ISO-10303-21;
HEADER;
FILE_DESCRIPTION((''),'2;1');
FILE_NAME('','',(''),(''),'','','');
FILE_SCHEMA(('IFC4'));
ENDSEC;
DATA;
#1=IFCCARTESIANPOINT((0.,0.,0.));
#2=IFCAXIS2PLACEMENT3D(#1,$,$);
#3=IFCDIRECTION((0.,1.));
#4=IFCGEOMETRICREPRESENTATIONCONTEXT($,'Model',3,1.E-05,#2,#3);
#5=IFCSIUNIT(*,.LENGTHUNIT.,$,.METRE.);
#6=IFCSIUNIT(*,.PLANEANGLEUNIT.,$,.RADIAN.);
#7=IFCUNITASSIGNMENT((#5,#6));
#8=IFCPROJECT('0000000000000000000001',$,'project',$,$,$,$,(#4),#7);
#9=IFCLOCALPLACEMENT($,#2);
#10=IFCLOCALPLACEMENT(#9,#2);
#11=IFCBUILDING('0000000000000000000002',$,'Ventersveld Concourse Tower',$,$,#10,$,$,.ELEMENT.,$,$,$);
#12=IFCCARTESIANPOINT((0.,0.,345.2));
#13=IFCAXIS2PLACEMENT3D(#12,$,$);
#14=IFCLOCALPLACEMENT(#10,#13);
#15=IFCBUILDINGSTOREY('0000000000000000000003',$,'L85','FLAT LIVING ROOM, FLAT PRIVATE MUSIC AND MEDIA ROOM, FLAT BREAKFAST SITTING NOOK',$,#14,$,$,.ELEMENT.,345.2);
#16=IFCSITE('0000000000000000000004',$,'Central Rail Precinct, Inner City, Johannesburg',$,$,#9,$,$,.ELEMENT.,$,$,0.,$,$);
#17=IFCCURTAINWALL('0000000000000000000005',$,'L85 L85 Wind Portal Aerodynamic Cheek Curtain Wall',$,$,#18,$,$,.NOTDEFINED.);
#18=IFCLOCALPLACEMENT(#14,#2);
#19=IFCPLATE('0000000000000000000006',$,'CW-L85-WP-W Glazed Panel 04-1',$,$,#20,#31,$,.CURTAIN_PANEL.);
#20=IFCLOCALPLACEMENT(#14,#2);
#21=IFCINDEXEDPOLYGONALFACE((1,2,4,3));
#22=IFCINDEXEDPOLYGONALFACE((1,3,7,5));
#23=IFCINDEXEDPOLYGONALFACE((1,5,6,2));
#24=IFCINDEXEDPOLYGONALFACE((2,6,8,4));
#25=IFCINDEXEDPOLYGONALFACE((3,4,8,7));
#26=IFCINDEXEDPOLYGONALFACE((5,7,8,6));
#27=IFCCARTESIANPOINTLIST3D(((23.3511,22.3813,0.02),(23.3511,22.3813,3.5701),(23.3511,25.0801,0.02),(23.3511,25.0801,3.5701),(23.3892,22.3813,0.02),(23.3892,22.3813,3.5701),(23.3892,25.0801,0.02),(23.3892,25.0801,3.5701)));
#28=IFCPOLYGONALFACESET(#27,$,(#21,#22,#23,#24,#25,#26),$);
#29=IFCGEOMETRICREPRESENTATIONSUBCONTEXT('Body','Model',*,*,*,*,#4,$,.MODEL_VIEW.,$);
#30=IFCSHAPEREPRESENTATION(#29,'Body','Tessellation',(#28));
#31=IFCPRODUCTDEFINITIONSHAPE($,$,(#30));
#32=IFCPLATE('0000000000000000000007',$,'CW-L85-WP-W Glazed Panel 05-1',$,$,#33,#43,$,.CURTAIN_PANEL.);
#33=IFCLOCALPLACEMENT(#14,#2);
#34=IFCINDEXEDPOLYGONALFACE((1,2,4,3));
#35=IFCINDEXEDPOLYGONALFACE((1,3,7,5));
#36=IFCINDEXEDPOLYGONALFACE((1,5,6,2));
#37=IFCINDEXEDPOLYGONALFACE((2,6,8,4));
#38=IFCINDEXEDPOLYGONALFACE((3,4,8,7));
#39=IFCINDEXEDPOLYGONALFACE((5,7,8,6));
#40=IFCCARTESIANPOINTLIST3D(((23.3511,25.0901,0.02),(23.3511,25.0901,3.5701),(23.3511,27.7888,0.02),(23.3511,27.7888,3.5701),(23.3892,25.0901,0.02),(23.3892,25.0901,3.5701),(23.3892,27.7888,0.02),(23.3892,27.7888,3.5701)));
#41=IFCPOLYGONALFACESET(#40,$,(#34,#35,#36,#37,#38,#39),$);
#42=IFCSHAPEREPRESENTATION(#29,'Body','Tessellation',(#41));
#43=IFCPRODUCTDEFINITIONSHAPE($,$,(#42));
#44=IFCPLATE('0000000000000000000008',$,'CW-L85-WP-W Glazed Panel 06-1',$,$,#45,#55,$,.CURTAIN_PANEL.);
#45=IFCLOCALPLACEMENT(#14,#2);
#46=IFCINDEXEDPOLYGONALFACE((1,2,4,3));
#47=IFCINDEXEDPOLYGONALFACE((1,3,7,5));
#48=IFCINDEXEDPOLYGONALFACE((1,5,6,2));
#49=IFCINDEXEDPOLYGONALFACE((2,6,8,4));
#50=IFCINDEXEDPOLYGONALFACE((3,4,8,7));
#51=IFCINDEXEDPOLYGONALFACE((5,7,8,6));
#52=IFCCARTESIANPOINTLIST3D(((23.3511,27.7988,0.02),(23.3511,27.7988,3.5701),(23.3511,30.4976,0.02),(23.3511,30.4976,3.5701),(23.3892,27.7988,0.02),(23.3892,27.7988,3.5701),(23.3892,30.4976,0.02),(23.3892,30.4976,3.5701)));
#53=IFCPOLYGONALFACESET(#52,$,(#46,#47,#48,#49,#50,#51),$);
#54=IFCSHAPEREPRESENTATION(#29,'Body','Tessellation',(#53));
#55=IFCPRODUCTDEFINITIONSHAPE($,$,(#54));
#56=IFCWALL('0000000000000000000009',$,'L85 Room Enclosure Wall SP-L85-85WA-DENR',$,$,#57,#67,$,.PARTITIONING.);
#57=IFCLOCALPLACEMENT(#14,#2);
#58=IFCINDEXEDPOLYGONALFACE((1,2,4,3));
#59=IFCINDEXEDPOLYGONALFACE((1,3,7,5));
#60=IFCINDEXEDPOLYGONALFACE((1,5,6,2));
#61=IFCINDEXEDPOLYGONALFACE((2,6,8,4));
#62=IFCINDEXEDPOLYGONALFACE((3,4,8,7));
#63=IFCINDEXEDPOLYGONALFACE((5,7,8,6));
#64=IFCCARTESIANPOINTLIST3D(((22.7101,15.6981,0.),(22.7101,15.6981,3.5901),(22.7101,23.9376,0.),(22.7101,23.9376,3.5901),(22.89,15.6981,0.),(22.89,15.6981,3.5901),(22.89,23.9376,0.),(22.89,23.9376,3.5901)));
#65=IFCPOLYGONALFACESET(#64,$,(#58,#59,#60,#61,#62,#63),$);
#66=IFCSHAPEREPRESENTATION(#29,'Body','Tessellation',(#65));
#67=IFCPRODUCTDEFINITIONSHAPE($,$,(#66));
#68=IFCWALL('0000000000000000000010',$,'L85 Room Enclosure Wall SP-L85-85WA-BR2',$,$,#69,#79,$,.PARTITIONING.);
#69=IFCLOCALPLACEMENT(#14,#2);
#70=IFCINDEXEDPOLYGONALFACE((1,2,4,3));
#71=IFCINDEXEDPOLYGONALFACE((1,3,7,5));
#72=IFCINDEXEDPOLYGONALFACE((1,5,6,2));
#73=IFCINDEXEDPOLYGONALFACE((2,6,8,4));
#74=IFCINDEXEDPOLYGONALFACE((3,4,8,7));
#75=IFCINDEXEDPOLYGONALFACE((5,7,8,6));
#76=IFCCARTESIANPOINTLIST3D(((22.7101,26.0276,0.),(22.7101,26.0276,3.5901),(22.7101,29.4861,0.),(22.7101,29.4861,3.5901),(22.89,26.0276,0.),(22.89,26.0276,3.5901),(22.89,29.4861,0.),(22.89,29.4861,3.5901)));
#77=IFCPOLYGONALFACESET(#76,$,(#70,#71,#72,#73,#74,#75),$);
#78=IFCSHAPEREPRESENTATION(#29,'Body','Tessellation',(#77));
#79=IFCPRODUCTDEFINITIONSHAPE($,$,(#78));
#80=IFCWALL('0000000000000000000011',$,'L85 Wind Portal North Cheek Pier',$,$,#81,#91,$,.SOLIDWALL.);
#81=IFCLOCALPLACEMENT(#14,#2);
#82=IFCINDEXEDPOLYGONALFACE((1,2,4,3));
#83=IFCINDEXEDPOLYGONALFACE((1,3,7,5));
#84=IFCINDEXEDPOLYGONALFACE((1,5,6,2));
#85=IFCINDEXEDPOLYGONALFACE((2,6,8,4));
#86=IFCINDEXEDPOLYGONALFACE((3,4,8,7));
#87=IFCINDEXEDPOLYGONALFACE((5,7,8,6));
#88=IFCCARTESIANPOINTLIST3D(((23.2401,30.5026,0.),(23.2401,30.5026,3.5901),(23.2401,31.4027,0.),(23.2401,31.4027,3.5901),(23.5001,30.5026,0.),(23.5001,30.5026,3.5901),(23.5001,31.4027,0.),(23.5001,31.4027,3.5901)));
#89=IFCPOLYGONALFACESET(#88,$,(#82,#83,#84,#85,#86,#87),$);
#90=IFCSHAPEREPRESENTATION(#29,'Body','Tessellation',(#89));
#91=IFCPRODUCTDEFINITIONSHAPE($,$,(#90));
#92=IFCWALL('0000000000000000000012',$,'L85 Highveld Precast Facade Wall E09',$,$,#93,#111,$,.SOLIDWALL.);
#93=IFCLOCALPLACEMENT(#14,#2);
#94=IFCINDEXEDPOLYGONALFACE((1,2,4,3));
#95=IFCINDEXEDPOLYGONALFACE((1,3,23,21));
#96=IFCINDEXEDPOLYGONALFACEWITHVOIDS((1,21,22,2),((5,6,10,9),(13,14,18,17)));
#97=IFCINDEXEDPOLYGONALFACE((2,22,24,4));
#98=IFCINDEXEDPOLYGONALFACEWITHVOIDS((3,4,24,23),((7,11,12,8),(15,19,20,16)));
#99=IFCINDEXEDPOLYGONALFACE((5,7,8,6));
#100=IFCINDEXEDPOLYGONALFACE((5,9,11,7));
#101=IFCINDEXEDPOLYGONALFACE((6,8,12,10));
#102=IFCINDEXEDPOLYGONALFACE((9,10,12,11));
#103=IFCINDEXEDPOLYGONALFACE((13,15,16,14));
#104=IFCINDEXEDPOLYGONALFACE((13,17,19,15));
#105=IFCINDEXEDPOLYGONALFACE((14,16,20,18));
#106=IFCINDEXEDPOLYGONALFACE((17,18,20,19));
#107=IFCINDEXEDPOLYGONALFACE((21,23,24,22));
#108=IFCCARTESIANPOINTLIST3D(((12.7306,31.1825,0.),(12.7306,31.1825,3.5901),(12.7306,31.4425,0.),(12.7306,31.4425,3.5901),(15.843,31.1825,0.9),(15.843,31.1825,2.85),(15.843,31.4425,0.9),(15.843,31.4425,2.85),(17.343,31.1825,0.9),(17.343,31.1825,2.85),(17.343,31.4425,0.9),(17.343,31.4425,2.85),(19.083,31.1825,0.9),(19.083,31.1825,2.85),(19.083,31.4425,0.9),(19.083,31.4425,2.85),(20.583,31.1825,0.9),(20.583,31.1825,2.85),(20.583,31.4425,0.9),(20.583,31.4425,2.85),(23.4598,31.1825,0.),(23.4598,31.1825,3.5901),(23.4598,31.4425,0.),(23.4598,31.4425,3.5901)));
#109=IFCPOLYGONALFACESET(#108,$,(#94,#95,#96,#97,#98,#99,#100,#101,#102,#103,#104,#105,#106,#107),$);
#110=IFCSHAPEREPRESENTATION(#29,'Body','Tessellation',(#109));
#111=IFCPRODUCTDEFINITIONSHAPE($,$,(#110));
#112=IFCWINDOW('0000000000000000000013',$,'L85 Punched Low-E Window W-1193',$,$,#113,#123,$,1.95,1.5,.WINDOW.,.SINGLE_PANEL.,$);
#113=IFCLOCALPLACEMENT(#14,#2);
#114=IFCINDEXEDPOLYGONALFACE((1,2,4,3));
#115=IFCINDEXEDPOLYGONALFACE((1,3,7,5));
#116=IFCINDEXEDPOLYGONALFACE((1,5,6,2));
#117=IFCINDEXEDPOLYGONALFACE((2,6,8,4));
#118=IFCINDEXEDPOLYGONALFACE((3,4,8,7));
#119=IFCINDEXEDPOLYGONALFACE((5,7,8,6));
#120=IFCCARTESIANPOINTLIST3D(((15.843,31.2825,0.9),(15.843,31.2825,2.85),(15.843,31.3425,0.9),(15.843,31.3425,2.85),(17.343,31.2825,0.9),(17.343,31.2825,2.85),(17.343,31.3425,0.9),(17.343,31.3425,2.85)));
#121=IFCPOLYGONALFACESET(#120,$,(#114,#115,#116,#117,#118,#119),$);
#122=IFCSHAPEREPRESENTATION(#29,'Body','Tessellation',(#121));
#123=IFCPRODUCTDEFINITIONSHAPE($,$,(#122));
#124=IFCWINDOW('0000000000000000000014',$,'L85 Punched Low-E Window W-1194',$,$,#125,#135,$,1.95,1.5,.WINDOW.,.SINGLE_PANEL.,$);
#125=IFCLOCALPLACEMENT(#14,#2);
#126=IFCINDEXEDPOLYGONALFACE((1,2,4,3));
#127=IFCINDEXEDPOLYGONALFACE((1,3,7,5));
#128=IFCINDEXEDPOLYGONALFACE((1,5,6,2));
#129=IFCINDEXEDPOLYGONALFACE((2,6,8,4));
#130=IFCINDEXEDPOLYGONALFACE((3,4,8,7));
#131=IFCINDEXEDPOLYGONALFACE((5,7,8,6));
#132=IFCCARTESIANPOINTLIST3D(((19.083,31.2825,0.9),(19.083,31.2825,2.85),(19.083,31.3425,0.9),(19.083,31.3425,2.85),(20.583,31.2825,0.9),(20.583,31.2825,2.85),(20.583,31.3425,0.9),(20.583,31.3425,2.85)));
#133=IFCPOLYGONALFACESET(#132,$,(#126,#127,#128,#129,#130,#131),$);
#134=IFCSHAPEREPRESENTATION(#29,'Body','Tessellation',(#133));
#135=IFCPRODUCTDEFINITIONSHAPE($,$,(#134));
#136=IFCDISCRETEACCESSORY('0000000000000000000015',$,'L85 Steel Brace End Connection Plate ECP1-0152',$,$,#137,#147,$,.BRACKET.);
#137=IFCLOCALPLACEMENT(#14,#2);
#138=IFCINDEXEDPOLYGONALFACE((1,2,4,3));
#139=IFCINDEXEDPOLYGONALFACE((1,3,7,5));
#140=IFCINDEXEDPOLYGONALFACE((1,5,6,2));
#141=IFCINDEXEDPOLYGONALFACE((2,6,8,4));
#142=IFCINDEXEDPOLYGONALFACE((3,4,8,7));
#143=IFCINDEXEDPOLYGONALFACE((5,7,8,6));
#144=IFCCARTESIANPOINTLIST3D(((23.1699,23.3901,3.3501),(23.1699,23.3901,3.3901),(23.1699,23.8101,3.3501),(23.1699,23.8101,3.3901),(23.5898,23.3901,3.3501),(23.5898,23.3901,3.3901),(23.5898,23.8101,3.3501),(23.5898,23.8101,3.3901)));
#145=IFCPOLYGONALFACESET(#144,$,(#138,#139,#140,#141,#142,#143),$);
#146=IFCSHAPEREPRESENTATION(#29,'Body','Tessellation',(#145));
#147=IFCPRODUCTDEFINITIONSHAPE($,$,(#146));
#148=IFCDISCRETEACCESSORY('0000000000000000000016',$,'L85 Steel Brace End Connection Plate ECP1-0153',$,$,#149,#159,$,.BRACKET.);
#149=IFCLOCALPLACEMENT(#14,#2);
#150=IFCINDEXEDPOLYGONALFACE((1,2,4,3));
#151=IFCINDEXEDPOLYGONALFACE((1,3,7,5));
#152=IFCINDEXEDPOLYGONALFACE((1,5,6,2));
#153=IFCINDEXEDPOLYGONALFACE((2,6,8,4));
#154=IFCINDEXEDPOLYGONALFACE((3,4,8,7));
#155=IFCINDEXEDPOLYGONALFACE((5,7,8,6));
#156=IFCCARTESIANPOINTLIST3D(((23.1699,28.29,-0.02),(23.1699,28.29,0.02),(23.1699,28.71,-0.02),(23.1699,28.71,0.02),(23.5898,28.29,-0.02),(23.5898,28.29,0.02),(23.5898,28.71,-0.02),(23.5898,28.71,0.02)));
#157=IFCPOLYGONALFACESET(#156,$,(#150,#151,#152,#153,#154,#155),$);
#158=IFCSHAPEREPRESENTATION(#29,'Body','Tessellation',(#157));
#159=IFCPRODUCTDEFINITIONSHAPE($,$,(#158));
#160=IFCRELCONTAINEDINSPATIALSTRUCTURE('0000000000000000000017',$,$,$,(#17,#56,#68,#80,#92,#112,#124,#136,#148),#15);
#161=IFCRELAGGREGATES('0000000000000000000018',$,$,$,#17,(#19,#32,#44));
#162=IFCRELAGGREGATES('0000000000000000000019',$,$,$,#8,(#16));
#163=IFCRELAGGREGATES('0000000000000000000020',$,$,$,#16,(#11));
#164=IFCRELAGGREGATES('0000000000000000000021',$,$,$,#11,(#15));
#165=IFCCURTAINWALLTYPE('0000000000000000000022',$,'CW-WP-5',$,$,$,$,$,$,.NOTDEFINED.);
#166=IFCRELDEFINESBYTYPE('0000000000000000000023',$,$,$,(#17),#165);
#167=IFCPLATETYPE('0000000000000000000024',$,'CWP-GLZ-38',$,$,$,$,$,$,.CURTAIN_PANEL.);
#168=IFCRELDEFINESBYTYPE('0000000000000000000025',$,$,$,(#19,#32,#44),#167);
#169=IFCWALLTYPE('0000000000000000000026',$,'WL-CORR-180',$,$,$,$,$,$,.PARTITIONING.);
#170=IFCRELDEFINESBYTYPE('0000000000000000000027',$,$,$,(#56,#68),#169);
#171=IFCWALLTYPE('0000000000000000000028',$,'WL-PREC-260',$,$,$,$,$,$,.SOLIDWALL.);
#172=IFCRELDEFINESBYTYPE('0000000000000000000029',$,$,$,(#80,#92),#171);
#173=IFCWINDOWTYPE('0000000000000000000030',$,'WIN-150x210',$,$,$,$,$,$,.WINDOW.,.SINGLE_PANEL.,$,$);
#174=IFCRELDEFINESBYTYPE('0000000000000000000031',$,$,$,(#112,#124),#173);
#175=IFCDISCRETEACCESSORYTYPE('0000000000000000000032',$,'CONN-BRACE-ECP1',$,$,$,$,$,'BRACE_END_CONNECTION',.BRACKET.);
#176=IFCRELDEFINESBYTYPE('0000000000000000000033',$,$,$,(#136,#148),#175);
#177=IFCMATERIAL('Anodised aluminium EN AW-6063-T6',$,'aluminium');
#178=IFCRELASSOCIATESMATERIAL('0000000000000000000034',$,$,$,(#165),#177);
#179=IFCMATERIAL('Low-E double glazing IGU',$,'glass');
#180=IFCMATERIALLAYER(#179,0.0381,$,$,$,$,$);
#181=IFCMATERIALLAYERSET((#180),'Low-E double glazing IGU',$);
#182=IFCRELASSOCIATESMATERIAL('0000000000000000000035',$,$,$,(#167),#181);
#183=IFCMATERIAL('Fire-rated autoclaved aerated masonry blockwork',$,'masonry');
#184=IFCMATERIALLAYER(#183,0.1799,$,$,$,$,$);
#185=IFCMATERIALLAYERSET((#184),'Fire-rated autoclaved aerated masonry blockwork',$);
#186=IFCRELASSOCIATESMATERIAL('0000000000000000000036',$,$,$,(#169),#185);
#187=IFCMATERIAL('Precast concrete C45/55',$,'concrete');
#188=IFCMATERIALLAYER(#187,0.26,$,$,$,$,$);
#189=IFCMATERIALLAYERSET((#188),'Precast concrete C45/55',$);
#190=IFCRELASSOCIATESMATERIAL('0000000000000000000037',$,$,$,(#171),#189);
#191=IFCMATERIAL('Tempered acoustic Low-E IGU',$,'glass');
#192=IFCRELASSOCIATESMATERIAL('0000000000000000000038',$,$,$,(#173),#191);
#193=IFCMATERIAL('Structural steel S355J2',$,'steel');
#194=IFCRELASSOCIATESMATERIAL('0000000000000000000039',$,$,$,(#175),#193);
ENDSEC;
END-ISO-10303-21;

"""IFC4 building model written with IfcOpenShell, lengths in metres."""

from ifc_helpers import new_model, si_unit, direction, frame, frame_2d, origin, origin_2d, place, context, subcontext, project, spatial, rectangle, extrude, material, layer, layer_set, type_object, element, fill, aggregate, save


model = new_model("IFC4")

# Units and contexts
model_context = context("Model", 3, precision=1e-05, world=origin(), true_north=direction((0.0, 1.0)))
body_context = subcontext(model_context, "Body", "Model", "MODEL_VIEW")
ifc_project = project(units=[si_unit("LENGTHUNIT", "METRE"), si_unit("PLANEANGLEUNIT", "RADIAN")], contexts=[model_context])

# Site, building, storey
site_placement = place(None, origin())
site = spatial("IfcSite", under=ifc_project, at=site_placement, Name="Central Rail Precinct, Inner City, Johannesburg", CompositionType="ELEMENT", RefElevation=0.0)
building_placement = place(site_placement, origin())
building = spatial("IfcBuilding", under=site, at=building_placement, Name="Ventersveld Concourse Tower", CompositionType="ELEMENT")
storey_placement = place(building_placement, frame((0.0, 0.0, 345.2)))
storey = spatial("IfcBuildingStorey", under=building, at=storey_placement, Name="L85", Description="FLAT LIVING ROOM, FLAT PRIVATE MUSIC AND MEDIA ROOM, FLAT BREAKFAST SITTING NOOK", CompositionType="ELEMENT", Elevation=345.2)

# Curtain wall
ifc_material_1 = material(Name="Anodised aluminium EN AW-6063-T6", Category="aluminium")
curtain_wall_type = type_object("IfcCurtainWallType", Name="CW-WP-5", PredefinedType="NOTDEFINED", material=ifc_material_1)
curtain_wall_placement = place(storey_placement, origin())
curtain_wall = element("IfcCurtainWall", 1, at=curtain_wall_placement, inside=storey, type_object=curtain_wall_type, Name="L85 L85 Wind Portal Aerodynamic Cheek Curtain Wall", PredefinedType="NOTDEFINED")

# Plates
ifc_material_2 = material(Name="Low-E double glazing IGU", Category="glass")
ifc_layer_1 = layer(ifc_material_2, 0.0381)
ifc_layer_set_1 = layer_set([ifc_layer_1], Name="Low-E double glazing IGU")
plate_type = type_object("IfcPlateType", Name="CWP-GLZ-38", PredefinedType="CURTAIN_PANEL", material=ifc_layer_set_1)
plate_1_placement = place(storey_placement, frame((23.3701, 23.7307, 0.02), z_axis=(0.0, 0.0, 1.0), x_axis=(0.0, 1.0, 0.0)))
plate_1 = element("IfcPlate", 2, at=plate_1_placement, type_object=plate_type, Name="CW-L85-WP-W Glazed Panel 04-1", PredefinedType="CURTAIN_PANEL", context=body_context, shape_type="SweptSolid", body=[
    extrude(rectangle(XDim=2.6987, YDim=0.0381, at=origin_2d()), origin(), (0.0, 0.0, 1.0), 3.55),
])
plate_2_placement = place(storey_placement, frame((23.3701, 26.4395, 0.02), z_axis=(0.0, 0.0, 1.0), x_axis=(0.0, 1.0, 0.0)))
plate_2 = element("IfcPlate", 3, at=plate_2_placement, type_object=plate_type, Name="CW-L85-WP-W Glazed Panel 05-1", PredefinedType="CURTAIN_PANEL", context=body_context, shape_type="SweptSolid", body=[
    extrude(rectangle(XDim=2.6987, YDim=0.0381, at=origin_2d()), origin(), (0.0, 0.0, 1.0), 3.55),
])
plate_3_placement = place(storey_placement, frame((23.3701, 29.1482, 0.02), z_axis=(0.0, 0.0, 1.0), x_axis=(0.0, 1.0, 0.0)))
plate_3 = element("IfcPlate", 4, at=plate_3_placement, type_object=plate_type, Name="CW-L85-WP-W Glazed Panel 06-1", PredefinedType="CURTAIN_PANEL", context=body_context, shape_type="SweptSolid", body=[
    extrude(rectangle(XDim=2.6987, YDim=0.0381, at=origin_2d()), origin(), (0.0, 0.0, 1.0), 3.55),
])
aggregate(curtain_wall, [plate_1, plate_2, plate_3])

# Walls
ifc_material_3 = material(Name="Fire-rated autoclaved aerated masonry blockwork", Category="masonry")
ifc_layer_2 = layer(ifc_material_3, 0.1799)
ifc_layer_set_2 = layer_set([ifc_layer_2], Name="Fire-rated autoclaved aerated masonry blockwork")
wall_type_1 = type_object("IfcWallType", Name="WL-CORR-180", PredefinedType="PARTITIONING", material=ifc_layer_set_2)
wall_1_placement = place(storey_placement, frame((22.8, 23.9375, 0.0), z_axis=(0.0, 0.0, 1.0), x_axis=(0.0, -1.0, 0.0)))
element("IfcWall", 5, at=wall_1_placement, inside=storey, type_object=wall_type_1, Name="L85 Room Enclosure Wall SP-L85-85WA-DENR", PredefinedType="PARTITIONING", context=body_context, shape_type="SweptSolid", body=[
    extrude(rectangle(XDim=8.2395, YDim=0.1799, at=frame_2d((4.1196, 0.0))), origin(), (0.0, 0.0, 1.0), 3.5901),
])
wall_2_placement = place(storey_placement, frame((22.8, 29.4861, 0.0), z_axis=(0.0, 0.0, 1.0), x_axis=(0.0, -1.0, 0.0)))
element("IfcWall", 6, at=wall_2_placement, inside=storey, type_object=wall_type_1, Name="L85 Room Enclosure Wall SP-L85-85WA-BR2", PredefinedType="PARTITIONING", context=body_context, shape_type="SweptSolid", body=[
    extrude(rectangle(XDim=3.4585, YDim=0.1799, at=frame_2d((1.7292, 0.0))), origin(), (0.0, 0.0, 1.0), 3.5901),
])
ifc_material_4 = material(Name="Precast concrete C45/55", Category="concrete")
ifc_layer_3 = layer(ifc_material_4, 0.26)
ifc_layer_set_3 = layer_set([ifc_layer_3], Name="Precast concrete C45/55")
wall_type_2 = type_object("IfcWallType", Name="WL-PREC-260", PredefinedType="SOLIDWALL", material=ifc_layer_set_3)
wall_3_placement = place(storey_placement, frame((23.3701, 30.5024, 0.0), z_axis=(0.0, 0.0, 1.0), x_axis=(0.0, 1.0, 0.0)))
element("IfcWall", 7, at=wall_3_placement, inside=storey, type_object=wall_type_2, Name="L85 Wind Portal North Cheek Pier", PredefinedType="SOLIDWALL", context=body_context, shape_type="SweptSolid", body=[
    extrude(rectangle(XDim=0.9001, YDim=0.26, at=frame_2d((0.4502, 0.0))), origin(), (0.0, 0.0, 1.0), 3.5901),
])

# Wall, openings, windows
wall_4_placement = place(storey_placement, frame((23.46, 31.3125, 0.0), z_axis=(0.0, 0.0, 1.0), x_axis=(-1.0, 0.0, 0.0)))
wall_4 = element("IfcWall", 8, at=wall_4_placement, inside=storey, type_object=wall_type_2, Name="L85 Highveld Precast Facade Wall E09", PredefinedType="SOLIDWALL", context=body_context, shape_type="SweptSolid", body=[
    extrude(rectangle(XDim=10.7292, YDim=0.26, at=frame_2d((5.3647, 0.0))), origin(), (0.0, 0.0, 1.0), 3.5901),
])
opening_1_placement = place(wall_4_placement, frame((6.1169, 0.0, 0.8999)))
opening_1 = element("IfcOpeningElement", 9, at=opening_1_placement, cuts=wall_4, PredefinedType="OPENING", context=body_context, shape_type="SweptSolid", body=[
    extrude(rectangle(XDim=1.5, YDim=1.95, at=frame_2d((0.75, 0.9751))), frame((0.0, 0.1401, 0.0), z_axis=(0.0, -1.0, 0.0), x_axis=(1.0, 0.0, 0.0)), (0.0, 0.0, 1.0), 0.28),
])
opening_2_placement = place(wall_4_placement, frame((2.877, 0.0, 0.8999)))
opening_2 = element("IfcOpeningElement", 10, at=opening_2_placement, cuts=wall_4, PredefinedType="OPENING", context=body_context, shape_type="SweptSolid", body=[
    extrude(rectangle(XDim=1.5, YDim=1.95, at=frame_2d((0.75, 0.9751))), frame((0.0, 0.1401, 0.0), z_axis=(0.0, -1.0, 0.0), x_axis=(1.0, 0.0, 0.0)), (0.0, 0.0, 1.0), 0.28),
])
ifc_material_5 = material(Name="Tempered acoustic Low-E IGU", Category="glass")
window_type = type_object("IfcWindowType", Name="WIN-150x210", PartitioningType="SINGLE_PANEL", PredefinedType="WINDOW", material=ifc_material_5)
window_1_placement = place(opening_1_placement, origin())
window_1 = element("IfcWindow", 11, at=window_1_placement, inside=storey, type_object=window_type, Name="L85 Punched Low-E Window W-1193", OverallHeight=1.95, OverallWidth=1.5, PartitioningType="SINGLE_PANEL", PredefinedType="WINDOW", context=body_context, shape_type="SweptSolid", body=[
    extrude(rectangle(XDim=1.5, YDim=1.95, at=frame_2d((0.75, 0.9751))), frame((0.0, 0.03, 0.0), z_axis=(0.0, -1.0, 0.0), x_axis=(1.0, 0.0, 0.0)), (0.0, 0.0, 1.0), 0.0601),
])
fill(opening_1, window_1)
window_2_placement = place(opening_2_placement, origin())
window_2 = element("IfcWindow", 12, at=window_2_placement, inside=storey, type_object=window_type, Name="L85 Punched Low-E Window W-1194", OverallHeight=1.95, OverallWidth=1.5, PartitioningType="SINGLE_PANEL", PredefinedType="WINDOW", context=body_context, shape_type="SweptSolid", body=[
    extrude(rectangle(XDim=1.5, YDim=1.95, at=frame_2d((0.75, 0.9751))), frame((0.0, 0.03, 0.0), z_axis=(0.0, -1.0, 0.0), x_axis=(1.0, 0.0, 0.0)), (0.0, 0.0, 1.0), 0.0601),
])
fill(opening_2, window_2)

# Discrete accessories
ifc_material_6 = material(Name="Structural steel S355J2", Category="steel")
discrete_accessory_type = type_object("IfcDiscreteAccessoryType", Name="CONN-BRACE-ECP1", ElementType="BRACE_END_CONNECTION", PredefinedType="BRACKET", material=ifc_material_6)
for number, where, z_axis, x_axis, name in (
    (13, (23.3799, 23.6001, 3.3501), (0.0, 0.0, 1.0), (1.0, 0.0, 0.0), "L85 Steel Brace End Connection Plate ECP1-0152"),
    (14, (23.3799, 28.5, -0.02), (0.0, 0.0, 1.0), (1.0, 0.0, 0.0), "L85 Steel Brace End Connection Plate ECP1-0153"),
):
    element("IfcDiscreteAccessory", number, at=place(storey_placement, frame(where, z_axis=z_axis, x_axis=x_axis)), inside=storey, type_object=discrete_accessory_type, Name=name, PredefinedType="BRACKET", context=body_context, shape_type="SweptSolid", body=[
        extrude(rectangle(XDim=0.4199, YDim=0.4199, at=origin_2d()), origin(), (0.0, 0.0, 1.0), 0.04),
    ])

save(model, "model.ifc")
